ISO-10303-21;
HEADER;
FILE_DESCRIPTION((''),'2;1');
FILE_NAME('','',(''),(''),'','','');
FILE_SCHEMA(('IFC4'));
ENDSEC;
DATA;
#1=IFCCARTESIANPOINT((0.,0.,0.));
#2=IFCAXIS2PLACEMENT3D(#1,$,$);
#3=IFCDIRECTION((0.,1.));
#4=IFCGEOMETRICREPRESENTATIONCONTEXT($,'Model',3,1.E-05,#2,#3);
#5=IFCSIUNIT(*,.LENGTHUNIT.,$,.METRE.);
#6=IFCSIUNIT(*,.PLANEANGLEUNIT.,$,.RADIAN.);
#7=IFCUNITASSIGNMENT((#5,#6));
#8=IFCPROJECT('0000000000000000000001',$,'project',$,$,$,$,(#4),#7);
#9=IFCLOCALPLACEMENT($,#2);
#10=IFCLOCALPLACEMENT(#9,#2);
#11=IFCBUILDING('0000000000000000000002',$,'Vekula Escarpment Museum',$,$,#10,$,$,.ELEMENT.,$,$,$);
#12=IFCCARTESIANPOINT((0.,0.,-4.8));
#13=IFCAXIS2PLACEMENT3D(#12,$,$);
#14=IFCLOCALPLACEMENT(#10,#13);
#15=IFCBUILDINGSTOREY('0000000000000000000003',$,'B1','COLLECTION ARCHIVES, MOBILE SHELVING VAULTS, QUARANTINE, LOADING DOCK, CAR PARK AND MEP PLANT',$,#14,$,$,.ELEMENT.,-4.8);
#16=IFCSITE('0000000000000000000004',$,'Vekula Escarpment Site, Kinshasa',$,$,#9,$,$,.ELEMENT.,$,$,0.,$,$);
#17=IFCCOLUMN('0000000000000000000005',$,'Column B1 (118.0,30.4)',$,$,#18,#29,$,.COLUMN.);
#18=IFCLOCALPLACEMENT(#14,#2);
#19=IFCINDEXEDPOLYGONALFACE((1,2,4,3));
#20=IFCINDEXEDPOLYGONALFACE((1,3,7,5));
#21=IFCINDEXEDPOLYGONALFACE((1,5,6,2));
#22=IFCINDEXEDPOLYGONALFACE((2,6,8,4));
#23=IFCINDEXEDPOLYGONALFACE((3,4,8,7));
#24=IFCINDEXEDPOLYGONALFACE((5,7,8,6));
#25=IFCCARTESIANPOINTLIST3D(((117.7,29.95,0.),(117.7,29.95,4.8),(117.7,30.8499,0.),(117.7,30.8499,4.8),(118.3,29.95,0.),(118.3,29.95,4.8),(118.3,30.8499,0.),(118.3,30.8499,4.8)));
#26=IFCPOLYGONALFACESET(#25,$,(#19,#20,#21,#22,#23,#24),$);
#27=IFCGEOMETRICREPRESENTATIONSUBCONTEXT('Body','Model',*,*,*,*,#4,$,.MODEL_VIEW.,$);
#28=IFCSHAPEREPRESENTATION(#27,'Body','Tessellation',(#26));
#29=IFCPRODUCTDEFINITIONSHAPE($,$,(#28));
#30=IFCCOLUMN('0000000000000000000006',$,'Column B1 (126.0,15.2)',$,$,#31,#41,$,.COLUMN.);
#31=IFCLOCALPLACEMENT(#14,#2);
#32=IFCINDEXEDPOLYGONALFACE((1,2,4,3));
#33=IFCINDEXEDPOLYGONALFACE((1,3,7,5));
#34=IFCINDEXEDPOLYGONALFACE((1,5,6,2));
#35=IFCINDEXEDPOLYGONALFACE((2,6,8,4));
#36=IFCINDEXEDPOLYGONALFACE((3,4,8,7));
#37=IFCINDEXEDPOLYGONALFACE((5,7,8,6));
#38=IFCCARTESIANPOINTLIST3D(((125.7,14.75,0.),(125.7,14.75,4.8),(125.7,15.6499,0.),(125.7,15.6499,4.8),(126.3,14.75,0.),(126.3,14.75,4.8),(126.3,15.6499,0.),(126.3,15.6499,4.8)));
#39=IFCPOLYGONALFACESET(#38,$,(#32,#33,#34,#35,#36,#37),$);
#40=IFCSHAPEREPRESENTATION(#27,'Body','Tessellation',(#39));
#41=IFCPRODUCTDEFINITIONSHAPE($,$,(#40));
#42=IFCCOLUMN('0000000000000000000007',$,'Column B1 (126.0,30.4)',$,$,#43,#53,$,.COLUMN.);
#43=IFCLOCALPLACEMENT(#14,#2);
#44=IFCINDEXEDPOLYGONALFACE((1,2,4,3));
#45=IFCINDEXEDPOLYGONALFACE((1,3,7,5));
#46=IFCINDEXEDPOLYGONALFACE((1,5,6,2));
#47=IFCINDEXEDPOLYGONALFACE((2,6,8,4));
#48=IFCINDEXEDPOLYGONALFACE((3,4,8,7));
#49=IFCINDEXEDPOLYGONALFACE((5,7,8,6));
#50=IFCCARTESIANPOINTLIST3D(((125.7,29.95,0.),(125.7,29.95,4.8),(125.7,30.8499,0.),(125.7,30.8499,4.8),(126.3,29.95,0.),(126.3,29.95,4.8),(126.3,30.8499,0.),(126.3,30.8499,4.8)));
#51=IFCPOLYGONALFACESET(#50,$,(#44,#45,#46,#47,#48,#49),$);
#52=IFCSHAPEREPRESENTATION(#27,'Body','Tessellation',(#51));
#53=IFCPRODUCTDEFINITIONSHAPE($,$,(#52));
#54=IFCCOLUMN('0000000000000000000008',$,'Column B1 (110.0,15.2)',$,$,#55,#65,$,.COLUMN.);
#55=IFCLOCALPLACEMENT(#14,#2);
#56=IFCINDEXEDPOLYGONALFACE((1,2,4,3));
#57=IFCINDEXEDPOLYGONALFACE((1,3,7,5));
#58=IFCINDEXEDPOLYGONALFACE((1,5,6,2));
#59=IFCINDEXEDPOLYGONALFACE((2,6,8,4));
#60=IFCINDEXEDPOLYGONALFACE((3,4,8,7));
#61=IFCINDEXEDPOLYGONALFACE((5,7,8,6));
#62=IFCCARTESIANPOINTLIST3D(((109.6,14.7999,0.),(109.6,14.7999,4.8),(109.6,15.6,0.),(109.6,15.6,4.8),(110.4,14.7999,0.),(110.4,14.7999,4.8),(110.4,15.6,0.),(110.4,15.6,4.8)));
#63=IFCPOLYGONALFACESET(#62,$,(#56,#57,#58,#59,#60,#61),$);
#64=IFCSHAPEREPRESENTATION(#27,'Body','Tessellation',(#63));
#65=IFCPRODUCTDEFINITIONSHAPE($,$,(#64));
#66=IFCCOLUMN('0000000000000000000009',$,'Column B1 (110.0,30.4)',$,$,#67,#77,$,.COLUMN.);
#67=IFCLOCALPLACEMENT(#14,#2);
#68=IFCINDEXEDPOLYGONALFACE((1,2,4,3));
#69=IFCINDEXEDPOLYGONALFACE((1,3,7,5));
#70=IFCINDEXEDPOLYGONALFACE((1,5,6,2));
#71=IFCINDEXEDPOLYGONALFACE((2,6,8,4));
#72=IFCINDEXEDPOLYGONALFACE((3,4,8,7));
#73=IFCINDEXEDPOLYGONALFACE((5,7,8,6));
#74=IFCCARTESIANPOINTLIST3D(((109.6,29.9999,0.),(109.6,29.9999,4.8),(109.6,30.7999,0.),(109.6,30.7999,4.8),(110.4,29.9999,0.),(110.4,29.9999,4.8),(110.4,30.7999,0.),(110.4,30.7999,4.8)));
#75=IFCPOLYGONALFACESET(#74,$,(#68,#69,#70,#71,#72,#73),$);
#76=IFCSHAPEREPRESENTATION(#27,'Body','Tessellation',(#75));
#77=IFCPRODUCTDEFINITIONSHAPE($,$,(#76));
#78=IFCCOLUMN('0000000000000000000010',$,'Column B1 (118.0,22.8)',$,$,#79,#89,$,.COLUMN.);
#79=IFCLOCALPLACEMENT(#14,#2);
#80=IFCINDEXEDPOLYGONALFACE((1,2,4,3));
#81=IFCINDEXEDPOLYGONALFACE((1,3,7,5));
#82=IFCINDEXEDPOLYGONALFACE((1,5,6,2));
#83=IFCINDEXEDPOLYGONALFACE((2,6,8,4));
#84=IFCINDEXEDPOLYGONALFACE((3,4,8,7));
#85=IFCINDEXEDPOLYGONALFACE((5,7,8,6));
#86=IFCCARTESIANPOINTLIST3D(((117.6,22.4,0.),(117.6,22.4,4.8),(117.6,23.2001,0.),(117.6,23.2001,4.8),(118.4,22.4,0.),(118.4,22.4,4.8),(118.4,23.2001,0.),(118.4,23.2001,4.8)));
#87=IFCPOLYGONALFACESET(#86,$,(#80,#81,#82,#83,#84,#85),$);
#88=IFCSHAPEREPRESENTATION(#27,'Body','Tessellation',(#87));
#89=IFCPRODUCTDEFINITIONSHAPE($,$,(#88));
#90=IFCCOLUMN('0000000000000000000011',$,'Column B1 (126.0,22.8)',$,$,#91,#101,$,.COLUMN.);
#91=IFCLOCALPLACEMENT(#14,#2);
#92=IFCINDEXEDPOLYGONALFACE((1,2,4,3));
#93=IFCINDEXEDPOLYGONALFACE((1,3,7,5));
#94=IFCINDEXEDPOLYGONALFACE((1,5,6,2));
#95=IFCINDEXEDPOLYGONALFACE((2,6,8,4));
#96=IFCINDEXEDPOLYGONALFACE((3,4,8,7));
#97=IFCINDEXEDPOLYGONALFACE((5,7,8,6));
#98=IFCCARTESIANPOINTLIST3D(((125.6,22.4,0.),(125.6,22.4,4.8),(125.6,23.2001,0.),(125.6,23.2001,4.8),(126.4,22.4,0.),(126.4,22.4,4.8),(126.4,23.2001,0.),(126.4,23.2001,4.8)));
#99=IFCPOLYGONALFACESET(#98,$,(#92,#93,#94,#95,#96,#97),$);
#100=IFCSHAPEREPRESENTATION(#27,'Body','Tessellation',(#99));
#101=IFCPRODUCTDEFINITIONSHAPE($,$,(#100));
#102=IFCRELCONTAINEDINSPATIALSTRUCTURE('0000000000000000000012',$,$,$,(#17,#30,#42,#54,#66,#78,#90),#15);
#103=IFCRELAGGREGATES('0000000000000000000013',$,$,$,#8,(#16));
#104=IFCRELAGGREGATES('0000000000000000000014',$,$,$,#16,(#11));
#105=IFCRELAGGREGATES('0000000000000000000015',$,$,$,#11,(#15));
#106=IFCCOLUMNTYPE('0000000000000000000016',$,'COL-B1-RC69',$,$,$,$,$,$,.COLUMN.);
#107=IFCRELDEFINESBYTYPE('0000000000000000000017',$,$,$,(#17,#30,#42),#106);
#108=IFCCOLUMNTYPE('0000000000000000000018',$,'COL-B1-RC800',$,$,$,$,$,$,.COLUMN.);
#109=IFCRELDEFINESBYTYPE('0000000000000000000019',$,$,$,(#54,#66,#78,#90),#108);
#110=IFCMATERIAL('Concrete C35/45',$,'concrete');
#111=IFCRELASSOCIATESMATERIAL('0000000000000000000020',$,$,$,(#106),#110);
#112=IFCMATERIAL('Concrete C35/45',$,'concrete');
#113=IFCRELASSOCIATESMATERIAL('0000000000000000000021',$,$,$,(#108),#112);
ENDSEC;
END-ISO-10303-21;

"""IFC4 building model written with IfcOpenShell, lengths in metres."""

from ifc_helpers import new_model, si_unit, direction, frame, origin, origin_2d, place, context, subcontext, project, spatial, rectangle, extrude, material, material_profile, profile_set, type_object, element, save


model = new_model("IFC4")

# Units and contexts
model_context = context("Model", 3, precision=1e-05, world=origin(), true_north=direction((0.0, 1.0)))
body_context = subcontext(model_context, "Body", "Model", "MODEL_VIEW")
ifc_project = project(units=[si_unit("LENGTHUNIT", "METRE"), si_unit("PLANEANGLEUNIT", "RADIAN")], contexts=[model_context])

# Site, building, storey
site_placement = place(None, origin())
site = spatial("IfcSite", under=ifc_project, at=site_placement, Name="Vekula Escarpment Site, Kinshasa", CompositionType="ELEMENT", RefElevation=0.0)
building_placement = place(site_placement, origin())
building = spatial("IfcBuilding", under=site, at=building_placement, Name="Vekula Escarpment Museum", CompositionType="ELEMENT")
storey_placement = place(building_placement, frame((0.0, 0.0, -4.8)))
storey = spatial("IfcBuildingStorey", under=building, at=storey_placement, Name="B1", Description="COLLECTION ARCHIVES, MOBILE SHELVING VAULTS, QUARANTINE, LOADING DOCK, CAR PARK AND MEP PLANT", CompositionType="ELEMENT", Elevation=-4.8)

# Columns
ifc_material_1 = material(Name="Concrete C35/45", Category="concrete")
ifc_material_profile_1 = material_profile(ifc_material_1, rectangle(XDim=0.6001, YDim=0.8999, at=origin_2d()), Name="RC 600x900")
ifc_profile_set_1 = profile_set([ifc_material_profile_1], Name="Concrete C35/45")
column_type_1 = type_object("IfcColumnType", Name="COL-B1-RC69", PredefinedType="COLUMN", material=ifc_profile_set_1)
for number, where, z_axis, x_axis, name in (
    (1, (118.0, 30.3999, 0.0), (0.0, 0.0, 1.0), (1.0, 0.0, 0.0), "Column B1 (118.0,30.4)"),
    (2, (126.0, 15.2, 0.0), (0.0, 0.0, 1.0), (1.0, 0.0, 0.0), "Column B1 (126.0,15.2)"),
    (3, (126.0, 30.3999, 0.0), (0.0, 0.0, 1.0), (1.0, 0.0, 0.0), "Column B1 (126.0,30.4)"),
):
    element("IfcColumn", number, at=place(storey_placement, frame(where, z_axis=z_axis, x_axis=x_axis)), inside=storey, type_object=column_type_1, Name=name, PredefinedType="COLUMN", context=body_context, shape_type="SweptSolid", body=[
        extrude(rectangle(XDim=0.6001, YDim=0.8999, at=origin_2d()), origin(), (0.0, 0.0, 1.0), 4.8),
    ])
ifc_material_2 = material(Name="Concrete C35/45", Category="concrete")
ifc_material_profile_2 = material_profile(ifc_material_2, rectangle(XDim=0.8, YDim=0.8, at=origin_2d()), Name="RC 800x800")
ifc_profile_set_2 = profile_set([ifc_material_profile_2], Name="Concrete C35/45")
column_type_2 = type_object("IfcColumnType", Name="COL-B1-RC800", PredefinedType="COLUMN", material=ifc_profile_set_2)
for number, where, z_axis, x_axis, name in (
    (4, (110.0, 15.2, 0.0), (0.0, 0.0, 1.0), (1.0, 0.0, 0.0), "Column B1 (110.0,15.2)"),
    (5, (110.0, 30.3999, 0.0), (0.0, 0.0, 1.0), (1.0, 0.0, 0.0), "Column B1 (110.0,30.4)"),
    (6, (118.0, 22.8, 0.0), (0.0, 0.0, 1.0), (1.0, 0.0, 0.0), "Column B1 (118.0,22.8)"),
    (7, (126.0, 22.8, 0.0), (0.0, 0.0, 1.0), (1.0, 0.0, 0.0), "Column B1 (126.0,22.8)"),
):
    element("IfcColumn", number, at=place(storey_placement, frame(where, z_axis=z_axis, x_axis=x_axis)), inside=storey, type_object=column_type_2, Name=name, PredefinedType="COLUMN", context=body_context, shape_type="SweptSolid", body=[
        extrude(rectangle(XDim=0.8, YDim=0.8, at=origin_2d()), origin(), (0.0, 0.0, 1.0), 4.8),
    ])

save(model, "model.ifc")
